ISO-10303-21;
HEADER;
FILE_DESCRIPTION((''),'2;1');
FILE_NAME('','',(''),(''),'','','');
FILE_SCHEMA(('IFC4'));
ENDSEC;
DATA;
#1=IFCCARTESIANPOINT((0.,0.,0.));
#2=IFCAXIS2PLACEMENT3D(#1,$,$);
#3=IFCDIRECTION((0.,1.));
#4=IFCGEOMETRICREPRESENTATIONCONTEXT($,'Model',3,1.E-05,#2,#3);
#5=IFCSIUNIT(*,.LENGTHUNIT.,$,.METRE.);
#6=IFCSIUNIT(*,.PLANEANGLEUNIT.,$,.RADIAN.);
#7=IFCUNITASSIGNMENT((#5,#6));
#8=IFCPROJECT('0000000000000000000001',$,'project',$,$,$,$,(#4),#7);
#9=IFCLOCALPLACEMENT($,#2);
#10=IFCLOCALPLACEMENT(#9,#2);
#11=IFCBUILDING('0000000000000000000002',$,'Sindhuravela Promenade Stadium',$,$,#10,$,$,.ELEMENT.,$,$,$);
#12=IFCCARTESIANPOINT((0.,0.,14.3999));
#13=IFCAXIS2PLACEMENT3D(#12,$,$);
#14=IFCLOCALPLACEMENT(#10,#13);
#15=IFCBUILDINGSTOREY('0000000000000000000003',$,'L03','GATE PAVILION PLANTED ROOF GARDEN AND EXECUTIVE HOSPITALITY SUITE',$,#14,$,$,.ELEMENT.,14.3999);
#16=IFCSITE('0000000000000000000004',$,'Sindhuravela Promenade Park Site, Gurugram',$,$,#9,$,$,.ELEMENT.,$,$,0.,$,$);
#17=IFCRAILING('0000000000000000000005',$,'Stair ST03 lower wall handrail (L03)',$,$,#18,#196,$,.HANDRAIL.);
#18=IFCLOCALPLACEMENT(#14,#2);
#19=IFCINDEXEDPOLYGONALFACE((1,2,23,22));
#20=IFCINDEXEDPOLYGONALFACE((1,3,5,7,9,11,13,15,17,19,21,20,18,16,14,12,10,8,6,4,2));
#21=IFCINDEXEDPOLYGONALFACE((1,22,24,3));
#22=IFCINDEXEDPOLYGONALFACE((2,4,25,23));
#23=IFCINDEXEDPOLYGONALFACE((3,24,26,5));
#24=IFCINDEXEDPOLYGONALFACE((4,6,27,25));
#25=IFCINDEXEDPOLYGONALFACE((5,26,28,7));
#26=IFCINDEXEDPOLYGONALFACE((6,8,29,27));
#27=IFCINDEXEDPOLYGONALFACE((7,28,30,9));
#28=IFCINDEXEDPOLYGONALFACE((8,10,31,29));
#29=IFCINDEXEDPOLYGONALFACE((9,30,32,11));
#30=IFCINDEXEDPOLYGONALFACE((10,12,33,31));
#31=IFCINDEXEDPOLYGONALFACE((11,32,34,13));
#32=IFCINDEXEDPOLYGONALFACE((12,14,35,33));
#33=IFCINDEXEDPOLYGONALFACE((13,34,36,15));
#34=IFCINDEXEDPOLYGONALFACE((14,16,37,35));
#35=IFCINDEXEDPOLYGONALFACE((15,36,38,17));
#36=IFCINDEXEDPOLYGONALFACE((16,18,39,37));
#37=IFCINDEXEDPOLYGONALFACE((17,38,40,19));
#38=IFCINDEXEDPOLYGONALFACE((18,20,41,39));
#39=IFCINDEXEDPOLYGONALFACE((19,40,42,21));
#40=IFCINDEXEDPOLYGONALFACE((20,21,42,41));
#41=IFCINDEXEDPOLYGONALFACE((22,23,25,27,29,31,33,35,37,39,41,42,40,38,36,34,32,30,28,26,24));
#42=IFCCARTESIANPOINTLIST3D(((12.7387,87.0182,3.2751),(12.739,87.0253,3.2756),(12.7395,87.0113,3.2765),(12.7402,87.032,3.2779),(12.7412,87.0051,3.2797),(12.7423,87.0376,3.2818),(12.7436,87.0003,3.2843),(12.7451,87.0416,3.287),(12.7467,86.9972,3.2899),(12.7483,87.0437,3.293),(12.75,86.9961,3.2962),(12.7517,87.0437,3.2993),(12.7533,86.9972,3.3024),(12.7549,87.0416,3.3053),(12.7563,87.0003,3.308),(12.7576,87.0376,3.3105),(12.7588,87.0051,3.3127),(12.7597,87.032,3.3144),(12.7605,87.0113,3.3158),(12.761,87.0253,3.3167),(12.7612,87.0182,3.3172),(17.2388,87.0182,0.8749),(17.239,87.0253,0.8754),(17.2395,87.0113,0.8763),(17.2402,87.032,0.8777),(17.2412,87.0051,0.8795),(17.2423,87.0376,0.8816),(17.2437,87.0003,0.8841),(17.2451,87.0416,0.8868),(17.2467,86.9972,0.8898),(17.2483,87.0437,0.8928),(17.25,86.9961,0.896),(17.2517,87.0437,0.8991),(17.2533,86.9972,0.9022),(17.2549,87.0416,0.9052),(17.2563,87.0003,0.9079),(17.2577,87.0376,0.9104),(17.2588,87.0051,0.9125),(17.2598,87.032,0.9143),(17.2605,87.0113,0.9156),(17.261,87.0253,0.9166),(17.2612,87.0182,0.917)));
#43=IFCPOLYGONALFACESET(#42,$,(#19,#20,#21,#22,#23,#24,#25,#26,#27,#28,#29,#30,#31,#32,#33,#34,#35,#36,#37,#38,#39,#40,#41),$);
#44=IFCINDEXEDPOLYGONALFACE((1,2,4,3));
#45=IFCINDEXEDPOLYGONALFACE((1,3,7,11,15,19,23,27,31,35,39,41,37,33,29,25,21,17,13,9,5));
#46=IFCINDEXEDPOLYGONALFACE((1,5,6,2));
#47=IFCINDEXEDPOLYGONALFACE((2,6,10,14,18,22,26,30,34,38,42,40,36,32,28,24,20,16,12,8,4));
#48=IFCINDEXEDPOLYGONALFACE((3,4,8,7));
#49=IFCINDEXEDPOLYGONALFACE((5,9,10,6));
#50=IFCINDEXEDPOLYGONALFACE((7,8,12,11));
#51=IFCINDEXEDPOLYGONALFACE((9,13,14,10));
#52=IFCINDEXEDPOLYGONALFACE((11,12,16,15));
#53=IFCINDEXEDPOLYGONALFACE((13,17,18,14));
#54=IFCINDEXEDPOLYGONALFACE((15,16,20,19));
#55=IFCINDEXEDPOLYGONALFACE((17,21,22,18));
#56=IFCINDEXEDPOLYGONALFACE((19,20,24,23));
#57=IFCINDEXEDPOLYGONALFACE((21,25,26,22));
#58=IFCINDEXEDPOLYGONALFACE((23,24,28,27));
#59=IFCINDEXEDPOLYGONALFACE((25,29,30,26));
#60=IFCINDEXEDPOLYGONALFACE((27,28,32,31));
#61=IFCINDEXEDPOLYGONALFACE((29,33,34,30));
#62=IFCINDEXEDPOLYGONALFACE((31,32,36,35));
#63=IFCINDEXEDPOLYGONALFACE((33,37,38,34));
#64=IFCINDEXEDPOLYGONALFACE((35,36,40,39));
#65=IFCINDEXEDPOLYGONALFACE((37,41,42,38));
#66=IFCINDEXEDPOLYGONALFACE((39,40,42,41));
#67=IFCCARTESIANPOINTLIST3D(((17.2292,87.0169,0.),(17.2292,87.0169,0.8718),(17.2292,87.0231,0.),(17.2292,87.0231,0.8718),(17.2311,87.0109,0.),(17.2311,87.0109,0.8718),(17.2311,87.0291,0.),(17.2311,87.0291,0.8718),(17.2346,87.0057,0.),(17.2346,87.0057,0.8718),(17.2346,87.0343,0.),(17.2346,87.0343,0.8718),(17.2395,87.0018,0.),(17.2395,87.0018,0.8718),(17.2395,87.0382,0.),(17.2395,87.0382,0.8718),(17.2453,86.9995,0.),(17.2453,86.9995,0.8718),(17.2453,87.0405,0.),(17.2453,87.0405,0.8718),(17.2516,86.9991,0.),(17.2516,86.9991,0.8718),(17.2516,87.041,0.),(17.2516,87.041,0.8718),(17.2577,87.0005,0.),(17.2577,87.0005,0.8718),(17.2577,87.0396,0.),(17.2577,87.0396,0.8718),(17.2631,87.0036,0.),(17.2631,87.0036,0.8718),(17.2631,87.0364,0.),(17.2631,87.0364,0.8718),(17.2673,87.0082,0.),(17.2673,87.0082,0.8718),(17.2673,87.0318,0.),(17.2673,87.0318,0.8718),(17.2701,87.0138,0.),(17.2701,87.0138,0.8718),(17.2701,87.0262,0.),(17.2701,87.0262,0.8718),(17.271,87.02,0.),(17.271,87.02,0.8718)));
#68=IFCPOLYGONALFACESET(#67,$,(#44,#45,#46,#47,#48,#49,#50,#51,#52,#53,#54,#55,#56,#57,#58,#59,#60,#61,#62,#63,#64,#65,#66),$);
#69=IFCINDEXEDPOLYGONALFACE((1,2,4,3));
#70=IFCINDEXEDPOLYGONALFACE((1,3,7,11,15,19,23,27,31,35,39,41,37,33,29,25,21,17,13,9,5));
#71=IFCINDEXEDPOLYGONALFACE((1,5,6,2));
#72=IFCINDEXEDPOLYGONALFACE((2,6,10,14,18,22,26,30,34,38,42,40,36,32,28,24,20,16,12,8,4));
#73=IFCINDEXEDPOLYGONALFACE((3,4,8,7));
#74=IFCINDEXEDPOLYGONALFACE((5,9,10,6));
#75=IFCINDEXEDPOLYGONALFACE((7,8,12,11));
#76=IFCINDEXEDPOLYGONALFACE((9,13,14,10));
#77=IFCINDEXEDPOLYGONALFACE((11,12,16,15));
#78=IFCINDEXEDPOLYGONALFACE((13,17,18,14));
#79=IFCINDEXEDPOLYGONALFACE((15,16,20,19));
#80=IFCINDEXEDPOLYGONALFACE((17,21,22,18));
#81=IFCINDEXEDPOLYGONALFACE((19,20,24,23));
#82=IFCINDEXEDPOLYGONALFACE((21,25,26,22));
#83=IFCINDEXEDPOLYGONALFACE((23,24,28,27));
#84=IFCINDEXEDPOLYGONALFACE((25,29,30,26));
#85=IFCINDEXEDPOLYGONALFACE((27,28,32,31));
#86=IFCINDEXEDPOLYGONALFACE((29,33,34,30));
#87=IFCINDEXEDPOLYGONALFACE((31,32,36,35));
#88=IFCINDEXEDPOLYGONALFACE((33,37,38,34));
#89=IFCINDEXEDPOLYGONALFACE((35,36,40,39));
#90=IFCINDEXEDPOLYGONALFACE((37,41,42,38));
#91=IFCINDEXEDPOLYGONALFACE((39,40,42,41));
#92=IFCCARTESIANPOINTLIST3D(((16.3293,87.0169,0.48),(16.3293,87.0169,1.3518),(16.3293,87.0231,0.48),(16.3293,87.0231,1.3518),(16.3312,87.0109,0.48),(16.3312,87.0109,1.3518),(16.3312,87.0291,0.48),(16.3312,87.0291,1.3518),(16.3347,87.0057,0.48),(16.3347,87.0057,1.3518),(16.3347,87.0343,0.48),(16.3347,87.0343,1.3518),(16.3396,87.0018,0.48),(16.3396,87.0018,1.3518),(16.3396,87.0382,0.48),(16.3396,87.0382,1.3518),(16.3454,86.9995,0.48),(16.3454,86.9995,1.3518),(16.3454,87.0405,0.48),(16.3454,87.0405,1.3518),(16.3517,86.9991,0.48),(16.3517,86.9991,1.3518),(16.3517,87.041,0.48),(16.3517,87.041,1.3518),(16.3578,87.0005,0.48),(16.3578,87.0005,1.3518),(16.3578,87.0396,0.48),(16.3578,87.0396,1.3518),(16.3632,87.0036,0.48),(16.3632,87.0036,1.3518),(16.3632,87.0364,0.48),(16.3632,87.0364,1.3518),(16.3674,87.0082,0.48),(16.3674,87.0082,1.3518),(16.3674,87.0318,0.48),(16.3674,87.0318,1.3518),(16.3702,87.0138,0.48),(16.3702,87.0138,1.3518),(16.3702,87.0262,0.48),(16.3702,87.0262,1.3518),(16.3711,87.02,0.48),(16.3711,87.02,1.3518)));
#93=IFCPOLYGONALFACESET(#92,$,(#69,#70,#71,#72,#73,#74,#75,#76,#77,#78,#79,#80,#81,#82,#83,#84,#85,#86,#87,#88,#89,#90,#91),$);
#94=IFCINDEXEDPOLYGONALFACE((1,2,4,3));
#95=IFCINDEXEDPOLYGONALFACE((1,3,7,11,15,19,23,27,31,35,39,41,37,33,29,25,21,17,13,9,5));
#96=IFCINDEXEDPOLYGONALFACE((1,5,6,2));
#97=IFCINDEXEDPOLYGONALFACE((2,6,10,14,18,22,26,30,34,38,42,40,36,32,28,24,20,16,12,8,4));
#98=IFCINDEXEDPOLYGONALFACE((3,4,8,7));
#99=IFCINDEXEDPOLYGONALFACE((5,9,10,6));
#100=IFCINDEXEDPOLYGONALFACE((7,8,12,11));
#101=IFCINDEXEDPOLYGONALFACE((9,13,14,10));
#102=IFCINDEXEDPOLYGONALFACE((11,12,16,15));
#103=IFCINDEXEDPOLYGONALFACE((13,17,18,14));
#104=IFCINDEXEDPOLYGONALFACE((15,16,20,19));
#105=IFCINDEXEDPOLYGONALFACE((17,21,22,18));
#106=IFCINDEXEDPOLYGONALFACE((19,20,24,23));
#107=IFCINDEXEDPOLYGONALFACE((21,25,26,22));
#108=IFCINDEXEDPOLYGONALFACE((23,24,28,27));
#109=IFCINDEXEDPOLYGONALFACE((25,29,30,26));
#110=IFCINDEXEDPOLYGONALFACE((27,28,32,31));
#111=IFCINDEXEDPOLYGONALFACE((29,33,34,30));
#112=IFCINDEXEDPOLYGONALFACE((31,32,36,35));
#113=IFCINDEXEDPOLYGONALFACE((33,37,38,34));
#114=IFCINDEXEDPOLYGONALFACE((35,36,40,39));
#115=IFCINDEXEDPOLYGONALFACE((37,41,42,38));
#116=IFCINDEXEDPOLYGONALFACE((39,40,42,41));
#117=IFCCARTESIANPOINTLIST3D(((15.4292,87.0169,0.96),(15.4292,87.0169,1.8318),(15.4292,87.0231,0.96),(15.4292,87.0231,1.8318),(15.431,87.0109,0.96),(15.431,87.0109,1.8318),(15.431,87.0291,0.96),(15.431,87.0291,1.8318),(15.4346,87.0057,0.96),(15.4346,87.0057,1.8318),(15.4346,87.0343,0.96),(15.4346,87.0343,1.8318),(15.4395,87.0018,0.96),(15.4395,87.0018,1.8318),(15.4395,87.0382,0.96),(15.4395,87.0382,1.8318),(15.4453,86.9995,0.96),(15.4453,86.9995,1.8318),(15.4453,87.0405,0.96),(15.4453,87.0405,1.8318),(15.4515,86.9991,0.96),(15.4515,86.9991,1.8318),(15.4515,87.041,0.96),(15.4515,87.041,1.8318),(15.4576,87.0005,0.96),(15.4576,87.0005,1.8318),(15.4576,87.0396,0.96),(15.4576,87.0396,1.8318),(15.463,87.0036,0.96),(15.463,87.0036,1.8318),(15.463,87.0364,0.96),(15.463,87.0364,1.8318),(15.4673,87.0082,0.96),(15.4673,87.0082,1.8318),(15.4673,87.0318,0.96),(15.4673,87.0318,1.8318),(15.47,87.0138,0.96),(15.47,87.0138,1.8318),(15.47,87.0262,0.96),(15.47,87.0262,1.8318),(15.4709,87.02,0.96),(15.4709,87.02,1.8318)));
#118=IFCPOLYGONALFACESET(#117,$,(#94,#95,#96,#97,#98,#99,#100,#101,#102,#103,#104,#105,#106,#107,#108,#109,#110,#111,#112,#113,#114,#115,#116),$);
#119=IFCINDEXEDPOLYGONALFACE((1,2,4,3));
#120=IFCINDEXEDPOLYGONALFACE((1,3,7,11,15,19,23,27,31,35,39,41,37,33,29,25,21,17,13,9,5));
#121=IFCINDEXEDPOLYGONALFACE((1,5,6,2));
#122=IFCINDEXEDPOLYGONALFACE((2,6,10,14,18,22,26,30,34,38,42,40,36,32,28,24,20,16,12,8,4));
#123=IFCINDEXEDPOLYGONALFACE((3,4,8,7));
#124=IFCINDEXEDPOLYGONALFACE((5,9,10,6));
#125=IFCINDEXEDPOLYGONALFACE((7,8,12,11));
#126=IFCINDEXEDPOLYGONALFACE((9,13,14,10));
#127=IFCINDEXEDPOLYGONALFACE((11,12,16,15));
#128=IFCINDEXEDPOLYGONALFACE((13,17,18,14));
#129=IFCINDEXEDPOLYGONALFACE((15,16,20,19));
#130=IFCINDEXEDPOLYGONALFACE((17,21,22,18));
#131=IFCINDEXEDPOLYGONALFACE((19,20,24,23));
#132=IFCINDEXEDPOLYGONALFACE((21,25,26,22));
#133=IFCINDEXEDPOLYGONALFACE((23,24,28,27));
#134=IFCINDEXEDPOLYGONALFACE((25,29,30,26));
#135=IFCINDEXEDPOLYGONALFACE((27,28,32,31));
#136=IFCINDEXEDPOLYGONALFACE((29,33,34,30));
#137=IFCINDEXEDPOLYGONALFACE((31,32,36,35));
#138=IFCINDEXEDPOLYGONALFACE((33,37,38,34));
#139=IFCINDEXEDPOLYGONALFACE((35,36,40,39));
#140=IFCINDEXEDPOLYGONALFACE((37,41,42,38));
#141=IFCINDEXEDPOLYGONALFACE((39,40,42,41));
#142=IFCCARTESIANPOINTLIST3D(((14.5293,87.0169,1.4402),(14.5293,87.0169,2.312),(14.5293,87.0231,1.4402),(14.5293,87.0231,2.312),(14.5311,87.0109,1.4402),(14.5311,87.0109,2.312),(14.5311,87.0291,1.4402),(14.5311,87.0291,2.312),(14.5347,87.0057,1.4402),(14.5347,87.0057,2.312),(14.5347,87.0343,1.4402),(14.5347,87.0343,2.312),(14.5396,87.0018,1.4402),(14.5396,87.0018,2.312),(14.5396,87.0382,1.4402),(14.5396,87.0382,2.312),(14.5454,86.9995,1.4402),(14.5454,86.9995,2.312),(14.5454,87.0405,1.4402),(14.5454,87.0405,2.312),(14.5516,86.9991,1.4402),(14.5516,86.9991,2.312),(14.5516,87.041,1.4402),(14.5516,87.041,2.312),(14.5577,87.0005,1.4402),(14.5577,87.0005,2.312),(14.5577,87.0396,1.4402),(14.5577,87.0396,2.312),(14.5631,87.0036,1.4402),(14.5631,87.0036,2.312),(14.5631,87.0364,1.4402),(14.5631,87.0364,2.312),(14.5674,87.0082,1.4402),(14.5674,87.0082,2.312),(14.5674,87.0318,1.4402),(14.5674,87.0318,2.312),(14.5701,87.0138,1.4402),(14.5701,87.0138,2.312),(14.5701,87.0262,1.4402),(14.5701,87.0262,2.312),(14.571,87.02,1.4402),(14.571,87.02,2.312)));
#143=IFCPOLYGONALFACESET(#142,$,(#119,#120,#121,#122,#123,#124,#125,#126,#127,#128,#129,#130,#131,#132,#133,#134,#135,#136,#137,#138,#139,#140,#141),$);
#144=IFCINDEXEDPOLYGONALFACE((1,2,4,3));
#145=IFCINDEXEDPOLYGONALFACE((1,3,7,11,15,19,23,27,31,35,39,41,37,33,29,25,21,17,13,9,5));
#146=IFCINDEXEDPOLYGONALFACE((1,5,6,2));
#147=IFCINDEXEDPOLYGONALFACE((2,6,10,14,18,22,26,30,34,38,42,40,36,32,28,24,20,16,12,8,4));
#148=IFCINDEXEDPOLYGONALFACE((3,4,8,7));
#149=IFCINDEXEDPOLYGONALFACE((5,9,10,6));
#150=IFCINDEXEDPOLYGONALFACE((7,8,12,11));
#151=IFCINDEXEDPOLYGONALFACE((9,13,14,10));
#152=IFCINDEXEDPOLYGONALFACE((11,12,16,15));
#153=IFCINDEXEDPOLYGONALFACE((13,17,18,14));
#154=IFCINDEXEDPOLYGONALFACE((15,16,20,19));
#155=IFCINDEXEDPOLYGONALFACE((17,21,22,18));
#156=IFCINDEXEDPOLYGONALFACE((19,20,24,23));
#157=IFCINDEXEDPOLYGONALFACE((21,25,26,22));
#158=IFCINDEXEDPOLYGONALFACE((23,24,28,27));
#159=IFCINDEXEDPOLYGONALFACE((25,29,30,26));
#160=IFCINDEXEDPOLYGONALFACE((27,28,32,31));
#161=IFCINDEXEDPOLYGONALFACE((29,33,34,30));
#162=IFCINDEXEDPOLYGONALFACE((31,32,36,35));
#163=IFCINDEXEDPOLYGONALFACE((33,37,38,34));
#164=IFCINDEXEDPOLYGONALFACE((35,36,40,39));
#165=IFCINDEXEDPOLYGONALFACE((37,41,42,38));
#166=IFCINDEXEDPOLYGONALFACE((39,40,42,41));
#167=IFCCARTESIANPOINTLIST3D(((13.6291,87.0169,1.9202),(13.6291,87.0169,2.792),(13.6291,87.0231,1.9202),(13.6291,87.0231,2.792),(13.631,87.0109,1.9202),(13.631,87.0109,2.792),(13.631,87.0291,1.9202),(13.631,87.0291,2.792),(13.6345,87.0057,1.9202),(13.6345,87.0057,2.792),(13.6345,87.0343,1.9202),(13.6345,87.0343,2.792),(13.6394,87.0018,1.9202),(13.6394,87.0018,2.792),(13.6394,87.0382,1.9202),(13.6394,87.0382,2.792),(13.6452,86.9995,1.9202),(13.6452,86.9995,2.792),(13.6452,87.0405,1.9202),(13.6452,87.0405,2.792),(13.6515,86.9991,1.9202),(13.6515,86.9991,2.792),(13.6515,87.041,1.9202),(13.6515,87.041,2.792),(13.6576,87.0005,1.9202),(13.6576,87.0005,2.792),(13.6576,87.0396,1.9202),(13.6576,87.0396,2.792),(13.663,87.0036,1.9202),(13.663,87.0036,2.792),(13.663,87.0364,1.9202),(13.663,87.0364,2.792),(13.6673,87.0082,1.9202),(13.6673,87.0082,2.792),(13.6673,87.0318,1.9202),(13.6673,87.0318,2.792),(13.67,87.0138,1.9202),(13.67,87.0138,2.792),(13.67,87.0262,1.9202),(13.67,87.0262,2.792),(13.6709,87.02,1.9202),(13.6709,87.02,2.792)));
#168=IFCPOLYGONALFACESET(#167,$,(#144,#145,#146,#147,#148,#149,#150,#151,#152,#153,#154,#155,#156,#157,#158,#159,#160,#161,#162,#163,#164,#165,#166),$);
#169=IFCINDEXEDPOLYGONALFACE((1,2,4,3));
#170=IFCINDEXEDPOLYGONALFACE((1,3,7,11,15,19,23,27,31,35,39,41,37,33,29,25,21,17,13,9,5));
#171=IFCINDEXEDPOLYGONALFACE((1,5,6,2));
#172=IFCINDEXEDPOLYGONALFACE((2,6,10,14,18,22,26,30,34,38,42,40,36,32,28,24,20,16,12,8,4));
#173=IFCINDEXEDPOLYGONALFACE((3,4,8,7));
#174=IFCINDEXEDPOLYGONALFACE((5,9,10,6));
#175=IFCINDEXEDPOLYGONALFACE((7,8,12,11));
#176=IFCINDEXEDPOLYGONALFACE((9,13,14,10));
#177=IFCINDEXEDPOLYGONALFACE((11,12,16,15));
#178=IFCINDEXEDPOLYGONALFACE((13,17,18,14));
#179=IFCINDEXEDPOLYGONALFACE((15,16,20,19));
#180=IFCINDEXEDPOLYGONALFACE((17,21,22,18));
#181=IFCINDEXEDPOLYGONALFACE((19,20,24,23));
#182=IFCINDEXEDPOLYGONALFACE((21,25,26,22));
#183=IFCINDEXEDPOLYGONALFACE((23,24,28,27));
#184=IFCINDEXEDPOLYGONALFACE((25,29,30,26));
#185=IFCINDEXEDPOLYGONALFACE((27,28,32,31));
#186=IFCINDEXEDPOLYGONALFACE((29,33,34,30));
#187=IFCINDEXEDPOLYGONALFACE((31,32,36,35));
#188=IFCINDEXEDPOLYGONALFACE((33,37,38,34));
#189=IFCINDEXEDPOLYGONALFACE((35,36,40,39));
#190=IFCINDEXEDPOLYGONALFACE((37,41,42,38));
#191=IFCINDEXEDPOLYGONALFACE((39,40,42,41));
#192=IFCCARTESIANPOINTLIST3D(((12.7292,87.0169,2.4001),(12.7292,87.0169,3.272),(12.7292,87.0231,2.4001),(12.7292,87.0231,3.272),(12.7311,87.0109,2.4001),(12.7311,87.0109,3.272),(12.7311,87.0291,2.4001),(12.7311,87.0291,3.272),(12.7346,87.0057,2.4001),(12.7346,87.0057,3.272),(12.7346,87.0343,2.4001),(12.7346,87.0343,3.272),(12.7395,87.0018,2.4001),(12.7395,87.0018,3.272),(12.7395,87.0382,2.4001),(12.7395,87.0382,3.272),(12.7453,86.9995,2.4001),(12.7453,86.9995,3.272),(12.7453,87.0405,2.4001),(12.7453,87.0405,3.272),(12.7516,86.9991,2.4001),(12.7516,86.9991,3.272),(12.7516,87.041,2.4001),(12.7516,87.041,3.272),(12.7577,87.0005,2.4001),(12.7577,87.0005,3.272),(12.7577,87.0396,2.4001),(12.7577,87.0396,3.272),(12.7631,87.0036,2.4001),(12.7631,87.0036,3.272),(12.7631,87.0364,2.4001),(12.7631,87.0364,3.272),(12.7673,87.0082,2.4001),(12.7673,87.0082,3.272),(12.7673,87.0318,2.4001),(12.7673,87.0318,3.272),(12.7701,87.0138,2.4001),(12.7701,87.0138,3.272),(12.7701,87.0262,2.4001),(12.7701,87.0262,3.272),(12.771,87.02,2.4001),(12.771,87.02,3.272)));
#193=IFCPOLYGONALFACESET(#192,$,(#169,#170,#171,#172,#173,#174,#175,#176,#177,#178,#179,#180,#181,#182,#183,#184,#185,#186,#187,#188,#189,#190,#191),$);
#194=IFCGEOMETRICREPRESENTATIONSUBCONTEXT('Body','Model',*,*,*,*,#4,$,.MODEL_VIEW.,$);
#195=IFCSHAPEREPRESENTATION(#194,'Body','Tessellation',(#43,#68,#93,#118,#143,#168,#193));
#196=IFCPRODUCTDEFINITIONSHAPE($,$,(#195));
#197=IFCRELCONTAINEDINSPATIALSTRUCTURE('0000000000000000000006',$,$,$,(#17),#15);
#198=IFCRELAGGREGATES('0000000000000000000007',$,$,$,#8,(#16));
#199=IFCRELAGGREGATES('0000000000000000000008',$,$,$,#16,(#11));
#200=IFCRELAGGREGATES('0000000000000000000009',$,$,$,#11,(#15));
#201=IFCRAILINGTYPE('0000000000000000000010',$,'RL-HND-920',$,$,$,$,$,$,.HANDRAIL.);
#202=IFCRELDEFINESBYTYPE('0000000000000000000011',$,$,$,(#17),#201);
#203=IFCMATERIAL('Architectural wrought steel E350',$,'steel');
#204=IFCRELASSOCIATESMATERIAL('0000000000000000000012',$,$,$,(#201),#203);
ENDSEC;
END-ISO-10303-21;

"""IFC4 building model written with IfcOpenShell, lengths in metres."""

from ifc_helpers import new_model, si_unit, direction, frame, origin, origin_2d, place, context, subcontext, project, spatial, circle, extrude, material, type_object, element, save


model = new_model("IFC4")

# Units and contexts
model_context = context("Model", 3, precision=1e-05, world=origin(), true_north=direction((0.0, 1.0)))
body_context = subcontext(model_context, "Body", "Model", "MODEL_VIEW")
ifc_project = project(units=[si_unit("LENGTHUNIT", "METRE"), si_unit("PLANEANGLEUNIT", "RADIAN")], contexts=[model_context])

# Site, building, storey
site_placement = place(None, origin())
site = spatial("IfcSite", under=ifc_project, at=site_placement, Name="Sindhuravela Promenade Park Site, Gurugram", CompositionType="ELEMENT", RefElevation=0.0)
building_placement = place(site_placement, origin())
building = spatial("IfcBuilding", under=site, at=building_placement, Name="Sindhuravela Promenade Stadium", CompositionType="ELEMENT")
storey_placement = place(building_placement, frame((0.0, 0.0, 14.3999)))
storey = spatial("IfcBuildingStorey", under=building, at=storey_placement, Name="L03", Description="GATE PAVILION PLANTED ROOF GARDEN AND EXECUTIVE HOSPITALITY SUITE", CompositionType="ELEMENT", Elevation=14.3999)

# Shared definitions
ifc_material_1 = material(Name="Architectural wrought steel E350", Category="steel")

# Railing
railing_type_1 = type_object("IfcRailingType", Name="RL-HND-920", PredefinedType="HANDRAIL", material=ifc_material_1)
railing_1_placement = place(storey_placement, frame((17.25, 87.02, 0.0)))
element("IfcRailing", 1, at=railing_1_placement, inside=storey, type_object=railing_type_1, Name="Stair ST03 lower wall handrail (L03)", PredefinedType="HANDRAIL", context=body_context, shape_type="SweptSolid", body=[
    extrude(circle(Radius=0.0239, at=origin_2d()), frame((0.0, 0.0, 0.896), z_axis=(-0.882341, 0.0, 0.470611), x_axis=(0.0, -1.0, 0.0)), (0.0, 0.0, 1.0), 5.1001),
    extrude(circle(Radius=0.021, at=origin_2d()), origin(), (0.0, 0.0, 1.0), 0.8718),
    extrude(circle(Radius=0.021, at=origin_2d()), frame((-0.8999, 0.0, 0.48)), (0.0, 0.0, 1.0), 0.8718),
    extrude(circle(Radius=0.021, at=origin_2d()), frame((-1.8, 0.0, 0.96)), (0.0, 0.0, 1.0), 0.8718),
    extrude(circle(Radius=0.021, at=origin_2d()), frame((-2.7, 0.0, 1.4402)), (0.0, 0.0, 1.0), 0.8718),
    extrude(circle(Radius=0.021, at=origin_2d()), frame((-3.6001, 0.0, 1.9202)), (0.0, 0.0, 1.0), 0.8718),
    extrude(circle(Radius=0.021, at=origin_2d()), frame((-4.5, 0.0, 2.4001)), (0.0, 0.0, 1.0), 0.8718),
])

save(model, "model.ifc")
